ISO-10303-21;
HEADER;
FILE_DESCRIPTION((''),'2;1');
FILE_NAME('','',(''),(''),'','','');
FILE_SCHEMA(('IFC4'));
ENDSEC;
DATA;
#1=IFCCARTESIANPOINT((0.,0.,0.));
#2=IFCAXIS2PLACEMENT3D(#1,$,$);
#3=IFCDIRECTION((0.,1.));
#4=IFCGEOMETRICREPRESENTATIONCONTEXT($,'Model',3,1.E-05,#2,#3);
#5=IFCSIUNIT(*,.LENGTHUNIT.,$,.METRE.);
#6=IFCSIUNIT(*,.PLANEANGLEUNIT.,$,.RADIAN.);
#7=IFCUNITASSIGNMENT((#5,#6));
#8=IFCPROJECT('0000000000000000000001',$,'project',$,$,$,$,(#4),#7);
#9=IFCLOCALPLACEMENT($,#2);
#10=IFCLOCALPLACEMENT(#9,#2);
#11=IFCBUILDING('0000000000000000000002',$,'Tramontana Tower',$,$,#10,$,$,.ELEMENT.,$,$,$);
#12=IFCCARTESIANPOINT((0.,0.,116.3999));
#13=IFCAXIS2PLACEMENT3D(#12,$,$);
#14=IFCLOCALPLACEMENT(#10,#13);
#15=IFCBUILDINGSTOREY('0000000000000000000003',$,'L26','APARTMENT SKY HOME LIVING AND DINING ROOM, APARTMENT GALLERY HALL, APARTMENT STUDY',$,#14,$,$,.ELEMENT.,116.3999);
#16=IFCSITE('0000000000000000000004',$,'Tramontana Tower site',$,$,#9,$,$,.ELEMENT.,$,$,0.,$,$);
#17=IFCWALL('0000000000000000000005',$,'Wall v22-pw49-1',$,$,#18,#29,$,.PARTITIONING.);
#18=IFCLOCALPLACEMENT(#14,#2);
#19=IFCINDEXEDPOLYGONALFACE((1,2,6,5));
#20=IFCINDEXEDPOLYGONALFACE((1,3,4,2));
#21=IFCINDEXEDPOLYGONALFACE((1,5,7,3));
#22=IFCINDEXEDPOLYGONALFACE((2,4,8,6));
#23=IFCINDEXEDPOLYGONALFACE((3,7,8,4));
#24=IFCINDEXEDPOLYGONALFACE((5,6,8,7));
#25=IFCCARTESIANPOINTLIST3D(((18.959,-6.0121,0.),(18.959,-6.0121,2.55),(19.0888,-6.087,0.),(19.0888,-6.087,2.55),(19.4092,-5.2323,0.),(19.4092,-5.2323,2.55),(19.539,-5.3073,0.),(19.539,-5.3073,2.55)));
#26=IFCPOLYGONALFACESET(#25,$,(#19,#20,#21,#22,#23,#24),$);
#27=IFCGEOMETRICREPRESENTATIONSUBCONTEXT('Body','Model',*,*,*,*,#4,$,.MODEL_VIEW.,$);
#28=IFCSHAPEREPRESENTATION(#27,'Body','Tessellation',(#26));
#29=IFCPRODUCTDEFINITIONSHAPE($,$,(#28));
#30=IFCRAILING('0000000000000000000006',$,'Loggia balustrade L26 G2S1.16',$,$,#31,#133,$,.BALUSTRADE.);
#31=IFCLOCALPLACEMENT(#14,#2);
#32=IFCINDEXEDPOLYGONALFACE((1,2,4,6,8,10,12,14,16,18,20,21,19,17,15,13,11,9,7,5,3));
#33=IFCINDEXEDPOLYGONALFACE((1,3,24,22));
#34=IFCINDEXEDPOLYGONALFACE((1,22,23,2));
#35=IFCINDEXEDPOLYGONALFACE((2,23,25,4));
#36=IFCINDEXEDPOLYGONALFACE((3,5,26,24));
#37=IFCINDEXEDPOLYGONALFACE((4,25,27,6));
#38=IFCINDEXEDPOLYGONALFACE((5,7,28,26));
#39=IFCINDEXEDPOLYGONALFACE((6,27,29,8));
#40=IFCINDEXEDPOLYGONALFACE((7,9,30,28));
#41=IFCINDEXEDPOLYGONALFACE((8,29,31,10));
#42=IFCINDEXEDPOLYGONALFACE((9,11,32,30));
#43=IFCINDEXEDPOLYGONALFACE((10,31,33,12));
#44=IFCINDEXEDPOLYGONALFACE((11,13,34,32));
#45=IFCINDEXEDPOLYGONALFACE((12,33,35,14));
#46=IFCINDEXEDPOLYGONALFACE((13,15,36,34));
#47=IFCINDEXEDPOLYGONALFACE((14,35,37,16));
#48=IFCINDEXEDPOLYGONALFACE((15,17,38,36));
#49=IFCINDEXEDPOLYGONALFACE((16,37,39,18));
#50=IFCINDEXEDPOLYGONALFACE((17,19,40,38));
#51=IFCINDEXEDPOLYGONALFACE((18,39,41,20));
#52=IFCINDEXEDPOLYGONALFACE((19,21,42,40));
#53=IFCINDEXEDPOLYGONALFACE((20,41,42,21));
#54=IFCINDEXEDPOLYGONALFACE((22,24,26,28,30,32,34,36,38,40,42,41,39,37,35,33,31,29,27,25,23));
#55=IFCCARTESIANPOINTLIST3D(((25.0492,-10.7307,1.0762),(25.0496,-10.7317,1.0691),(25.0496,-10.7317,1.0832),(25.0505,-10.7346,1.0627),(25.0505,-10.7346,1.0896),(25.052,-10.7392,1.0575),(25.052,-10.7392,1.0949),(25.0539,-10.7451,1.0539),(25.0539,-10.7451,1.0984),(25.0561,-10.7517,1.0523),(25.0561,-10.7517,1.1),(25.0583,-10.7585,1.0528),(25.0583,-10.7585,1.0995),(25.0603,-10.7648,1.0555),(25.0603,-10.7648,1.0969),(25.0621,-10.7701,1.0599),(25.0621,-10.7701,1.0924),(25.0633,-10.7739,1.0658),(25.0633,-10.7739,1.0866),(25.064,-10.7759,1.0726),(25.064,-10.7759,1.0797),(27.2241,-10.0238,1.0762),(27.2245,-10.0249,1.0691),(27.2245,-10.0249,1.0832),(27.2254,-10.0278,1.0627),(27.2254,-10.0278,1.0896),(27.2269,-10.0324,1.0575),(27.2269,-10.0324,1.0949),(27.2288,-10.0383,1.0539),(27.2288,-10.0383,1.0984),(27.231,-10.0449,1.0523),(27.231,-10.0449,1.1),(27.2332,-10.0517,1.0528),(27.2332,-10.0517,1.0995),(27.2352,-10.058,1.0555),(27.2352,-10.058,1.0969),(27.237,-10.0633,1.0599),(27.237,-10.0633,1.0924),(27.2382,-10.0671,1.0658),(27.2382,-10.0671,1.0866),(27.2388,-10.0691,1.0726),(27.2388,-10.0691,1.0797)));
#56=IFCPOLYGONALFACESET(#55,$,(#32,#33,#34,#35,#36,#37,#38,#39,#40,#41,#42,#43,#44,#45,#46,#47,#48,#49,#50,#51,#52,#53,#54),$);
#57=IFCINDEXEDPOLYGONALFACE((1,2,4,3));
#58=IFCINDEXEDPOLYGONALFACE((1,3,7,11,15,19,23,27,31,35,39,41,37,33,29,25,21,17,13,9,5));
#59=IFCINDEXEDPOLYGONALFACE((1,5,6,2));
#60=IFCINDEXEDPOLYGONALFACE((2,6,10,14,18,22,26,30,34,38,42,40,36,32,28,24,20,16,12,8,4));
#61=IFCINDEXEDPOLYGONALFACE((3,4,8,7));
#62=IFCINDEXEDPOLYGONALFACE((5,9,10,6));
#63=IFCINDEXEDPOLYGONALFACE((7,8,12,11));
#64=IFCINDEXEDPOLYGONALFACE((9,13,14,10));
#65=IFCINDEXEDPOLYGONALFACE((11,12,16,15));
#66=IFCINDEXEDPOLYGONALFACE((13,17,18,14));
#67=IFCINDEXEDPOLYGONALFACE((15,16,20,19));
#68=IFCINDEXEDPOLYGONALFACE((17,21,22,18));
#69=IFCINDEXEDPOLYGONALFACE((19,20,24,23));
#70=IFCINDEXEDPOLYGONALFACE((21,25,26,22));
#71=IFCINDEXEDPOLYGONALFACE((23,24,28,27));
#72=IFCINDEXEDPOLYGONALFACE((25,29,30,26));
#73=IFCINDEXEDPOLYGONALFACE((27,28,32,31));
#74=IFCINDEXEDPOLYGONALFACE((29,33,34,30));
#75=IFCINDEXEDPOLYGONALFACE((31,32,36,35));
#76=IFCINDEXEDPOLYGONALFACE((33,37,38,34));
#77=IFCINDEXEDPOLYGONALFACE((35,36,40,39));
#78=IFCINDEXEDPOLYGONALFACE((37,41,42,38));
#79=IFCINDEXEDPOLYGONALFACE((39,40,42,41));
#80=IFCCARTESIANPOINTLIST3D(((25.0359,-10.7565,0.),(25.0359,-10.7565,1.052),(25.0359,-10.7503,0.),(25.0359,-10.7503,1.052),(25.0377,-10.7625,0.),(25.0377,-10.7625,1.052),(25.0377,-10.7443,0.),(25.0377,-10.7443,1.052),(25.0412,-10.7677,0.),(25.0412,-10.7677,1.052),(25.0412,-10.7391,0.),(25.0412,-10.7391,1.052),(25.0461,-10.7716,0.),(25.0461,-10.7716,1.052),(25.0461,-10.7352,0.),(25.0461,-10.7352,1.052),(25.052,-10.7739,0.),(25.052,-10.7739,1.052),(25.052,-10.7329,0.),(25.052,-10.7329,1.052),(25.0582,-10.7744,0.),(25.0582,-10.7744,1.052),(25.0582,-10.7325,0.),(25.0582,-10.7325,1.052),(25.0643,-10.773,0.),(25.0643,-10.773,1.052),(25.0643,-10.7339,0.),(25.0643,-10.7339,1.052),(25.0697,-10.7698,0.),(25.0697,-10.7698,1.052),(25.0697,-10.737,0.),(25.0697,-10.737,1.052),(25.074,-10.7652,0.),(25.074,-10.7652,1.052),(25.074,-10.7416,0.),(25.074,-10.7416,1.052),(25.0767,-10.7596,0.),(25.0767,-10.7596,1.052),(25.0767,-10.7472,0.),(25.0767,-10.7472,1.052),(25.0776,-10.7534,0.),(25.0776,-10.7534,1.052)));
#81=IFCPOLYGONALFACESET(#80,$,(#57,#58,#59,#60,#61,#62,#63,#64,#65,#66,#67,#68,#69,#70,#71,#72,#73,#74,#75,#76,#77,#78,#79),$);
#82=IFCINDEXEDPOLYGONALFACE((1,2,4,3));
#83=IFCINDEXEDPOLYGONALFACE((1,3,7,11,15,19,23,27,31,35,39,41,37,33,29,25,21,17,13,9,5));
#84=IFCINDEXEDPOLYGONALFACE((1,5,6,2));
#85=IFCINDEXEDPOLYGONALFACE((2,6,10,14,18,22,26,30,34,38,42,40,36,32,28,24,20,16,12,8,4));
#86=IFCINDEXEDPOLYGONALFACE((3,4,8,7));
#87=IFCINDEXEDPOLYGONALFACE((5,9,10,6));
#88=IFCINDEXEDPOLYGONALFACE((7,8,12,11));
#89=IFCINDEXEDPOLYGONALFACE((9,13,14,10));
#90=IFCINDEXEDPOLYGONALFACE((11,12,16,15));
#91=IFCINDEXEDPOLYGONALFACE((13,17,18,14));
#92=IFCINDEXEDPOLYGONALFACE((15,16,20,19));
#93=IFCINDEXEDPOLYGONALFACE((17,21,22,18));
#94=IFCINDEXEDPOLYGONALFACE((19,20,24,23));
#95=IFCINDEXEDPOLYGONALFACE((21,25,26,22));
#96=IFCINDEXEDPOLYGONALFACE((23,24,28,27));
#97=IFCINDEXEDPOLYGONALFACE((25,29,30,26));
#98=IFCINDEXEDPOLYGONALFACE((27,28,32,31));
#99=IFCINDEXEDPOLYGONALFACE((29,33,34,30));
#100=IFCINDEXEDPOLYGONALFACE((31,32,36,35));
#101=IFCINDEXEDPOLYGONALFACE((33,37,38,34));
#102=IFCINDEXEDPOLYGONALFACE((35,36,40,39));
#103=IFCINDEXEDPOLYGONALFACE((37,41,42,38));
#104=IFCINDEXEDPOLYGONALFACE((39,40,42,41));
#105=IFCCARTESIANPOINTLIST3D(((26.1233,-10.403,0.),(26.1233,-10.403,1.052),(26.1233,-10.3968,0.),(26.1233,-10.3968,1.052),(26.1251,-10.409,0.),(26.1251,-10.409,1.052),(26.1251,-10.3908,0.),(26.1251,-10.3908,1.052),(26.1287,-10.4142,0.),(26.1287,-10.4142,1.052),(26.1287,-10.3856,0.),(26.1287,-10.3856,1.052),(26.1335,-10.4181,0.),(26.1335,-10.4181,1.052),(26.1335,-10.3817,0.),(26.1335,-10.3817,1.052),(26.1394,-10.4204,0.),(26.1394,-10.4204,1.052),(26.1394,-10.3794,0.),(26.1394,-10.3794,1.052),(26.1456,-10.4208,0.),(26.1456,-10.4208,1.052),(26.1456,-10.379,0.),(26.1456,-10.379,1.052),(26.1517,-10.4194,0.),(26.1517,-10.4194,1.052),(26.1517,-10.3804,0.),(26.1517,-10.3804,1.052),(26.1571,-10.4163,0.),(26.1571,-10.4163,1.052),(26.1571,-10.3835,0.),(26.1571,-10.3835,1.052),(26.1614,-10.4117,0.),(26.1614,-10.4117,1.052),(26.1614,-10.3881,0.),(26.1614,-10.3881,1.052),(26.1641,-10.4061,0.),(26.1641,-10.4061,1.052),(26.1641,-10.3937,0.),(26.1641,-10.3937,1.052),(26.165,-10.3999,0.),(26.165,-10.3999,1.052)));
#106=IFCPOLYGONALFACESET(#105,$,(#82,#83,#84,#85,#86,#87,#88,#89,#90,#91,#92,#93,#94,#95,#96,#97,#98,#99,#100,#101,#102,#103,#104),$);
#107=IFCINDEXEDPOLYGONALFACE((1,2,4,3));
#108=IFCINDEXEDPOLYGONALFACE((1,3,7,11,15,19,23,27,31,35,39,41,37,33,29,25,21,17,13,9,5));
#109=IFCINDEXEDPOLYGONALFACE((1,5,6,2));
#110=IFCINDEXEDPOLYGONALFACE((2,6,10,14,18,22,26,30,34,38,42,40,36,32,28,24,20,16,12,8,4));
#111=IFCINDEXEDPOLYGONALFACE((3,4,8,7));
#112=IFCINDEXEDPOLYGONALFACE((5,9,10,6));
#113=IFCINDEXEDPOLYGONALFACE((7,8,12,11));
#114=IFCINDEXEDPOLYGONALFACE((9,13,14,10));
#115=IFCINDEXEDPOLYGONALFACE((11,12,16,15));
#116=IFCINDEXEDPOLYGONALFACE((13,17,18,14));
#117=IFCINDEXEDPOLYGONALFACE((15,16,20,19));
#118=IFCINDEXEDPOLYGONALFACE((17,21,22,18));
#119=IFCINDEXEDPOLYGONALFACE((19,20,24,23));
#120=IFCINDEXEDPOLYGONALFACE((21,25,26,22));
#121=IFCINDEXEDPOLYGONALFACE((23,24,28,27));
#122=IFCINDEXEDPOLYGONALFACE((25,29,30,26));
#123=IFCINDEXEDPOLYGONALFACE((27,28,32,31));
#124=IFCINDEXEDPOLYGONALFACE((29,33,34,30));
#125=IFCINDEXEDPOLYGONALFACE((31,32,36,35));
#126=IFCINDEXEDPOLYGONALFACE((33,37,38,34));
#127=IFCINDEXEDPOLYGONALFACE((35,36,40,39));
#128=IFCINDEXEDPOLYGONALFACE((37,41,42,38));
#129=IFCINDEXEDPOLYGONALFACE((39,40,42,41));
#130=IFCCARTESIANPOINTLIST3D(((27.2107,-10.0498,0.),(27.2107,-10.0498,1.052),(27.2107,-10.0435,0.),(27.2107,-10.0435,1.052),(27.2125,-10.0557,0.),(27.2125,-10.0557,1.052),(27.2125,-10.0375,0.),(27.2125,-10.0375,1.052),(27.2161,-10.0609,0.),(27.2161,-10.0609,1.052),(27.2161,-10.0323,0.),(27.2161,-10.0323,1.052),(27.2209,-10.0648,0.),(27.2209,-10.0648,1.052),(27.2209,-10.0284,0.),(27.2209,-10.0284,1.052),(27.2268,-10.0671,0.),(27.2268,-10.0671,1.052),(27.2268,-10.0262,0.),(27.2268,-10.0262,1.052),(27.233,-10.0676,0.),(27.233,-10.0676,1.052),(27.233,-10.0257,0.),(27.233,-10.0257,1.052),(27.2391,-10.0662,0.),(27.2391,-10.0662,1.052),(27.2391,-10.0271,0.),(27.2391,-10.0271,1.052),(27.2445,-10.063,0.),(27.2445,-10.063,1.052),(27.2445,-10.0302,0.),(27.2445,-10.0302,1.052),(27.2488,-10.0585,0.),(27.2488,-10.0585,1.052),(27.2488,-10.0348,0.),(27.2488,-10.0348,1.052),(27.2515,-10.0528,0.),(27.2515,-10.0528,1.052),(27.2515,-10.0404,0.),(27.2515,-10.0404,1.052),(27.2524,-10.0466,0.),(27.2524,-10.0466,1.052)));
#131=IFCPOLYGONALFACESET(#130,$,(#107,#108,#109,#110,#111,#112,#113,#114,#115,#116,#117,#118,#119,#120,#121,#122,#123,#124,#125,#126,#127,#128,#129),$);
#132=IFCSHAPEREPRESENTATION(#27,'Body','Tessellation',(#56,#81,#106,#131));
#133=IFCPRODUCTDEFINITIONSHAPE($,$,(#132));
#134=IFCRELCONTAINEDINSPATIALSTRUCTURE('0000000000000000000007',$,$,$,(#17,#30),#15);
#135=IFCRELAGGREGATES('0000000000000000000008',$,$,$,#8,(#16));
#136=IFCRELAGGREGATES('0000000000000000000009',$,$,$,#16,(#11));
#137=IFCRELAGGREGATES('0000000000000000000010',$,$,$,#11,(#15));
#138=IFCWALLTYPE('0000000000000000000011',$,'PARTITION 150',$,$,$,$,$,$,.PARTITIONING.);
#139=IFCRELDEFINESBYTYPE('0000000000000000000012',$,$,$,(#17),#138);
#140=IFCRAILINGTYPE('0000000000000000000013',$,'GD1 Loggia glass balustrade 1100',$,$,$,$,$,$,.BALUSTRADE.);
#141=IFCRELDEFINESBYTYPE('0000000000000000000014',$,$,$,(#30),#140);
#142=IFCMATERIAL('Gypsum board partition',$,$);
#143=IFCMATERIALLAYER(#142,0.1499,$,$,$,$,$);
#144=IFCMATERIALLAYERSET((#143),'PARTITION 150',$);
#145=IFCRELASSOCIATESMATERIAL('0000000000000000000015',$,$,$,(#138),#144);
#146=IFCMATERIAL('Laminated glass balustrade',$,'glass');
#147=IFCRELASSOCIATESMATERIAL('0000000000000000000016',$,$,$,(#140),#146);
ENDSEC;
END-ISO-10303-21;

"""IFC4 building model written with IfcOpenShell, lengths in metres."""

from ifc_helpers import new_model, si_unit, direction, frame, frame_2d, origin, origin_2d, place, context, subcontext, project, spatial, rectangle, circle, extrude, material, layer, layer_set, type_object, element, save


model = new_model("IFC4")

# Units and contexts
model_context = context("Model", 3, precision=1e-05, world=origin(), true_north=direction((0.0, 1.0)))
body_context = subcontext(model_context, "Body", "Model", "MODEL_VIEW")
ifc_project = project(units=[si_unit("LENGTHUNIT", "METRE"), si_unit("PLANEANGLEUNIT", "RADIAN")], contexts=[model_context])

# Site, building, storey
site_placement = place(None, origin())
site = spatial("IfcSite", under=ifc_project, at=site_placement, Name="Tramontana Tower site", CompositionType="ELEMENT", RefElevation=0.0)
building_placement = place(site_placement, origin())
building = spatial("IfcBuilding", under=site, at=building_placement, Name="Tramontana Tower", CompositionType="ELEMENT")
storey_placement = place(building_placement, frame((0.0, 0.0, 116.3999)))
storey = spatial("IfcBuildingStorey", under=building, at=storey_placement, Name="L26", Description="APARTMENT SKY HOME LIVING AND DINING ROOM, APARTMENT GALLERY HALL, APARTMENT STUDY", CompositionType="ELEMENT", Elevation=116.3999)

# Wall
ifc_material_1 = material(Name="Gypsum board partition")
ifc_layer_1 = layer(ifc_material_1, 0.1499)
ifc_layer_set_1 = layer_set([ifc_layer_1], Name="PARTITION 150")
wall_type_1 = type_object("IfcWallType", Name="PARTITION 150", PredefinedType="PARTITIONING", material=ifc_layer_set_1)
wall_1_placement = place(storey_placement, frame((19.4741, -5.2698, 0.0), z_axis=(0.0, 0.0, 1.0), x_axis=(-0.499988, -0.866032, 0.0)))
element("IfcWall", 1, at=wall_1_placement, inside=storey, type_object=wall_type_1, Name="Wall v22-pw49-1", PredefinedType="PARTITIONING", context=body_context, shape_type="SweptSolid", body=[
    extrude(rectangle(XDim=0.9004, YDim=0.1499, at=frame_2d((0.4502, 0.0))), origin(), (0.0, 0.0, 1.0), 2.55),
])

# Railing
ifc_material_2 = material(Name="Laminated glass balustrade", Category="glass")
railing_type = type_object("IfcRailingType", Name="GD1 Loggia glass balustrade 1100", PredefinedType="BALUSTRADE", material=ifc_material_2)
railing_1_placement = place(storey_placement, frame((25.0566, -10.7534, 0.0)))
element("IfcRailing", 2, at=railing_1_placement, inside=storey, type_object=railing_type, Name="Loggia balustrade L26 G2S1.16", PredefinedType="BALUSTRADE", context=body_context, shape_type="SweptSolid", body=[
    extrude(circle(Radius=0.0239, at=origin_2d()), frame((0.0, 0.0, 1.0762), z_axis=(0.951037, 0.309076, 0.0), x_axis=(-0.309076, 0.951037, 0.0)), (0.0, 0.0, 1.0), 2.2869),
    extrude(circle(Radius=0.021, at=origin_2d()), origin(), (0.0, 0.0, 1.0), 1.052),
    extrude(circle(Radius=0.021, at=origin_2d()), frame((1.0874, 0.3535, 0.0)), (0.0, 0.0, 1.0), 1.052),
    extrude(circle(Radius=0.021, at=origin_2d()), frame((2.1748, 0.7068, 0.0)), (0.0, 0.0, 1.0), 1.052),
])

save(model, "model.ifc")
